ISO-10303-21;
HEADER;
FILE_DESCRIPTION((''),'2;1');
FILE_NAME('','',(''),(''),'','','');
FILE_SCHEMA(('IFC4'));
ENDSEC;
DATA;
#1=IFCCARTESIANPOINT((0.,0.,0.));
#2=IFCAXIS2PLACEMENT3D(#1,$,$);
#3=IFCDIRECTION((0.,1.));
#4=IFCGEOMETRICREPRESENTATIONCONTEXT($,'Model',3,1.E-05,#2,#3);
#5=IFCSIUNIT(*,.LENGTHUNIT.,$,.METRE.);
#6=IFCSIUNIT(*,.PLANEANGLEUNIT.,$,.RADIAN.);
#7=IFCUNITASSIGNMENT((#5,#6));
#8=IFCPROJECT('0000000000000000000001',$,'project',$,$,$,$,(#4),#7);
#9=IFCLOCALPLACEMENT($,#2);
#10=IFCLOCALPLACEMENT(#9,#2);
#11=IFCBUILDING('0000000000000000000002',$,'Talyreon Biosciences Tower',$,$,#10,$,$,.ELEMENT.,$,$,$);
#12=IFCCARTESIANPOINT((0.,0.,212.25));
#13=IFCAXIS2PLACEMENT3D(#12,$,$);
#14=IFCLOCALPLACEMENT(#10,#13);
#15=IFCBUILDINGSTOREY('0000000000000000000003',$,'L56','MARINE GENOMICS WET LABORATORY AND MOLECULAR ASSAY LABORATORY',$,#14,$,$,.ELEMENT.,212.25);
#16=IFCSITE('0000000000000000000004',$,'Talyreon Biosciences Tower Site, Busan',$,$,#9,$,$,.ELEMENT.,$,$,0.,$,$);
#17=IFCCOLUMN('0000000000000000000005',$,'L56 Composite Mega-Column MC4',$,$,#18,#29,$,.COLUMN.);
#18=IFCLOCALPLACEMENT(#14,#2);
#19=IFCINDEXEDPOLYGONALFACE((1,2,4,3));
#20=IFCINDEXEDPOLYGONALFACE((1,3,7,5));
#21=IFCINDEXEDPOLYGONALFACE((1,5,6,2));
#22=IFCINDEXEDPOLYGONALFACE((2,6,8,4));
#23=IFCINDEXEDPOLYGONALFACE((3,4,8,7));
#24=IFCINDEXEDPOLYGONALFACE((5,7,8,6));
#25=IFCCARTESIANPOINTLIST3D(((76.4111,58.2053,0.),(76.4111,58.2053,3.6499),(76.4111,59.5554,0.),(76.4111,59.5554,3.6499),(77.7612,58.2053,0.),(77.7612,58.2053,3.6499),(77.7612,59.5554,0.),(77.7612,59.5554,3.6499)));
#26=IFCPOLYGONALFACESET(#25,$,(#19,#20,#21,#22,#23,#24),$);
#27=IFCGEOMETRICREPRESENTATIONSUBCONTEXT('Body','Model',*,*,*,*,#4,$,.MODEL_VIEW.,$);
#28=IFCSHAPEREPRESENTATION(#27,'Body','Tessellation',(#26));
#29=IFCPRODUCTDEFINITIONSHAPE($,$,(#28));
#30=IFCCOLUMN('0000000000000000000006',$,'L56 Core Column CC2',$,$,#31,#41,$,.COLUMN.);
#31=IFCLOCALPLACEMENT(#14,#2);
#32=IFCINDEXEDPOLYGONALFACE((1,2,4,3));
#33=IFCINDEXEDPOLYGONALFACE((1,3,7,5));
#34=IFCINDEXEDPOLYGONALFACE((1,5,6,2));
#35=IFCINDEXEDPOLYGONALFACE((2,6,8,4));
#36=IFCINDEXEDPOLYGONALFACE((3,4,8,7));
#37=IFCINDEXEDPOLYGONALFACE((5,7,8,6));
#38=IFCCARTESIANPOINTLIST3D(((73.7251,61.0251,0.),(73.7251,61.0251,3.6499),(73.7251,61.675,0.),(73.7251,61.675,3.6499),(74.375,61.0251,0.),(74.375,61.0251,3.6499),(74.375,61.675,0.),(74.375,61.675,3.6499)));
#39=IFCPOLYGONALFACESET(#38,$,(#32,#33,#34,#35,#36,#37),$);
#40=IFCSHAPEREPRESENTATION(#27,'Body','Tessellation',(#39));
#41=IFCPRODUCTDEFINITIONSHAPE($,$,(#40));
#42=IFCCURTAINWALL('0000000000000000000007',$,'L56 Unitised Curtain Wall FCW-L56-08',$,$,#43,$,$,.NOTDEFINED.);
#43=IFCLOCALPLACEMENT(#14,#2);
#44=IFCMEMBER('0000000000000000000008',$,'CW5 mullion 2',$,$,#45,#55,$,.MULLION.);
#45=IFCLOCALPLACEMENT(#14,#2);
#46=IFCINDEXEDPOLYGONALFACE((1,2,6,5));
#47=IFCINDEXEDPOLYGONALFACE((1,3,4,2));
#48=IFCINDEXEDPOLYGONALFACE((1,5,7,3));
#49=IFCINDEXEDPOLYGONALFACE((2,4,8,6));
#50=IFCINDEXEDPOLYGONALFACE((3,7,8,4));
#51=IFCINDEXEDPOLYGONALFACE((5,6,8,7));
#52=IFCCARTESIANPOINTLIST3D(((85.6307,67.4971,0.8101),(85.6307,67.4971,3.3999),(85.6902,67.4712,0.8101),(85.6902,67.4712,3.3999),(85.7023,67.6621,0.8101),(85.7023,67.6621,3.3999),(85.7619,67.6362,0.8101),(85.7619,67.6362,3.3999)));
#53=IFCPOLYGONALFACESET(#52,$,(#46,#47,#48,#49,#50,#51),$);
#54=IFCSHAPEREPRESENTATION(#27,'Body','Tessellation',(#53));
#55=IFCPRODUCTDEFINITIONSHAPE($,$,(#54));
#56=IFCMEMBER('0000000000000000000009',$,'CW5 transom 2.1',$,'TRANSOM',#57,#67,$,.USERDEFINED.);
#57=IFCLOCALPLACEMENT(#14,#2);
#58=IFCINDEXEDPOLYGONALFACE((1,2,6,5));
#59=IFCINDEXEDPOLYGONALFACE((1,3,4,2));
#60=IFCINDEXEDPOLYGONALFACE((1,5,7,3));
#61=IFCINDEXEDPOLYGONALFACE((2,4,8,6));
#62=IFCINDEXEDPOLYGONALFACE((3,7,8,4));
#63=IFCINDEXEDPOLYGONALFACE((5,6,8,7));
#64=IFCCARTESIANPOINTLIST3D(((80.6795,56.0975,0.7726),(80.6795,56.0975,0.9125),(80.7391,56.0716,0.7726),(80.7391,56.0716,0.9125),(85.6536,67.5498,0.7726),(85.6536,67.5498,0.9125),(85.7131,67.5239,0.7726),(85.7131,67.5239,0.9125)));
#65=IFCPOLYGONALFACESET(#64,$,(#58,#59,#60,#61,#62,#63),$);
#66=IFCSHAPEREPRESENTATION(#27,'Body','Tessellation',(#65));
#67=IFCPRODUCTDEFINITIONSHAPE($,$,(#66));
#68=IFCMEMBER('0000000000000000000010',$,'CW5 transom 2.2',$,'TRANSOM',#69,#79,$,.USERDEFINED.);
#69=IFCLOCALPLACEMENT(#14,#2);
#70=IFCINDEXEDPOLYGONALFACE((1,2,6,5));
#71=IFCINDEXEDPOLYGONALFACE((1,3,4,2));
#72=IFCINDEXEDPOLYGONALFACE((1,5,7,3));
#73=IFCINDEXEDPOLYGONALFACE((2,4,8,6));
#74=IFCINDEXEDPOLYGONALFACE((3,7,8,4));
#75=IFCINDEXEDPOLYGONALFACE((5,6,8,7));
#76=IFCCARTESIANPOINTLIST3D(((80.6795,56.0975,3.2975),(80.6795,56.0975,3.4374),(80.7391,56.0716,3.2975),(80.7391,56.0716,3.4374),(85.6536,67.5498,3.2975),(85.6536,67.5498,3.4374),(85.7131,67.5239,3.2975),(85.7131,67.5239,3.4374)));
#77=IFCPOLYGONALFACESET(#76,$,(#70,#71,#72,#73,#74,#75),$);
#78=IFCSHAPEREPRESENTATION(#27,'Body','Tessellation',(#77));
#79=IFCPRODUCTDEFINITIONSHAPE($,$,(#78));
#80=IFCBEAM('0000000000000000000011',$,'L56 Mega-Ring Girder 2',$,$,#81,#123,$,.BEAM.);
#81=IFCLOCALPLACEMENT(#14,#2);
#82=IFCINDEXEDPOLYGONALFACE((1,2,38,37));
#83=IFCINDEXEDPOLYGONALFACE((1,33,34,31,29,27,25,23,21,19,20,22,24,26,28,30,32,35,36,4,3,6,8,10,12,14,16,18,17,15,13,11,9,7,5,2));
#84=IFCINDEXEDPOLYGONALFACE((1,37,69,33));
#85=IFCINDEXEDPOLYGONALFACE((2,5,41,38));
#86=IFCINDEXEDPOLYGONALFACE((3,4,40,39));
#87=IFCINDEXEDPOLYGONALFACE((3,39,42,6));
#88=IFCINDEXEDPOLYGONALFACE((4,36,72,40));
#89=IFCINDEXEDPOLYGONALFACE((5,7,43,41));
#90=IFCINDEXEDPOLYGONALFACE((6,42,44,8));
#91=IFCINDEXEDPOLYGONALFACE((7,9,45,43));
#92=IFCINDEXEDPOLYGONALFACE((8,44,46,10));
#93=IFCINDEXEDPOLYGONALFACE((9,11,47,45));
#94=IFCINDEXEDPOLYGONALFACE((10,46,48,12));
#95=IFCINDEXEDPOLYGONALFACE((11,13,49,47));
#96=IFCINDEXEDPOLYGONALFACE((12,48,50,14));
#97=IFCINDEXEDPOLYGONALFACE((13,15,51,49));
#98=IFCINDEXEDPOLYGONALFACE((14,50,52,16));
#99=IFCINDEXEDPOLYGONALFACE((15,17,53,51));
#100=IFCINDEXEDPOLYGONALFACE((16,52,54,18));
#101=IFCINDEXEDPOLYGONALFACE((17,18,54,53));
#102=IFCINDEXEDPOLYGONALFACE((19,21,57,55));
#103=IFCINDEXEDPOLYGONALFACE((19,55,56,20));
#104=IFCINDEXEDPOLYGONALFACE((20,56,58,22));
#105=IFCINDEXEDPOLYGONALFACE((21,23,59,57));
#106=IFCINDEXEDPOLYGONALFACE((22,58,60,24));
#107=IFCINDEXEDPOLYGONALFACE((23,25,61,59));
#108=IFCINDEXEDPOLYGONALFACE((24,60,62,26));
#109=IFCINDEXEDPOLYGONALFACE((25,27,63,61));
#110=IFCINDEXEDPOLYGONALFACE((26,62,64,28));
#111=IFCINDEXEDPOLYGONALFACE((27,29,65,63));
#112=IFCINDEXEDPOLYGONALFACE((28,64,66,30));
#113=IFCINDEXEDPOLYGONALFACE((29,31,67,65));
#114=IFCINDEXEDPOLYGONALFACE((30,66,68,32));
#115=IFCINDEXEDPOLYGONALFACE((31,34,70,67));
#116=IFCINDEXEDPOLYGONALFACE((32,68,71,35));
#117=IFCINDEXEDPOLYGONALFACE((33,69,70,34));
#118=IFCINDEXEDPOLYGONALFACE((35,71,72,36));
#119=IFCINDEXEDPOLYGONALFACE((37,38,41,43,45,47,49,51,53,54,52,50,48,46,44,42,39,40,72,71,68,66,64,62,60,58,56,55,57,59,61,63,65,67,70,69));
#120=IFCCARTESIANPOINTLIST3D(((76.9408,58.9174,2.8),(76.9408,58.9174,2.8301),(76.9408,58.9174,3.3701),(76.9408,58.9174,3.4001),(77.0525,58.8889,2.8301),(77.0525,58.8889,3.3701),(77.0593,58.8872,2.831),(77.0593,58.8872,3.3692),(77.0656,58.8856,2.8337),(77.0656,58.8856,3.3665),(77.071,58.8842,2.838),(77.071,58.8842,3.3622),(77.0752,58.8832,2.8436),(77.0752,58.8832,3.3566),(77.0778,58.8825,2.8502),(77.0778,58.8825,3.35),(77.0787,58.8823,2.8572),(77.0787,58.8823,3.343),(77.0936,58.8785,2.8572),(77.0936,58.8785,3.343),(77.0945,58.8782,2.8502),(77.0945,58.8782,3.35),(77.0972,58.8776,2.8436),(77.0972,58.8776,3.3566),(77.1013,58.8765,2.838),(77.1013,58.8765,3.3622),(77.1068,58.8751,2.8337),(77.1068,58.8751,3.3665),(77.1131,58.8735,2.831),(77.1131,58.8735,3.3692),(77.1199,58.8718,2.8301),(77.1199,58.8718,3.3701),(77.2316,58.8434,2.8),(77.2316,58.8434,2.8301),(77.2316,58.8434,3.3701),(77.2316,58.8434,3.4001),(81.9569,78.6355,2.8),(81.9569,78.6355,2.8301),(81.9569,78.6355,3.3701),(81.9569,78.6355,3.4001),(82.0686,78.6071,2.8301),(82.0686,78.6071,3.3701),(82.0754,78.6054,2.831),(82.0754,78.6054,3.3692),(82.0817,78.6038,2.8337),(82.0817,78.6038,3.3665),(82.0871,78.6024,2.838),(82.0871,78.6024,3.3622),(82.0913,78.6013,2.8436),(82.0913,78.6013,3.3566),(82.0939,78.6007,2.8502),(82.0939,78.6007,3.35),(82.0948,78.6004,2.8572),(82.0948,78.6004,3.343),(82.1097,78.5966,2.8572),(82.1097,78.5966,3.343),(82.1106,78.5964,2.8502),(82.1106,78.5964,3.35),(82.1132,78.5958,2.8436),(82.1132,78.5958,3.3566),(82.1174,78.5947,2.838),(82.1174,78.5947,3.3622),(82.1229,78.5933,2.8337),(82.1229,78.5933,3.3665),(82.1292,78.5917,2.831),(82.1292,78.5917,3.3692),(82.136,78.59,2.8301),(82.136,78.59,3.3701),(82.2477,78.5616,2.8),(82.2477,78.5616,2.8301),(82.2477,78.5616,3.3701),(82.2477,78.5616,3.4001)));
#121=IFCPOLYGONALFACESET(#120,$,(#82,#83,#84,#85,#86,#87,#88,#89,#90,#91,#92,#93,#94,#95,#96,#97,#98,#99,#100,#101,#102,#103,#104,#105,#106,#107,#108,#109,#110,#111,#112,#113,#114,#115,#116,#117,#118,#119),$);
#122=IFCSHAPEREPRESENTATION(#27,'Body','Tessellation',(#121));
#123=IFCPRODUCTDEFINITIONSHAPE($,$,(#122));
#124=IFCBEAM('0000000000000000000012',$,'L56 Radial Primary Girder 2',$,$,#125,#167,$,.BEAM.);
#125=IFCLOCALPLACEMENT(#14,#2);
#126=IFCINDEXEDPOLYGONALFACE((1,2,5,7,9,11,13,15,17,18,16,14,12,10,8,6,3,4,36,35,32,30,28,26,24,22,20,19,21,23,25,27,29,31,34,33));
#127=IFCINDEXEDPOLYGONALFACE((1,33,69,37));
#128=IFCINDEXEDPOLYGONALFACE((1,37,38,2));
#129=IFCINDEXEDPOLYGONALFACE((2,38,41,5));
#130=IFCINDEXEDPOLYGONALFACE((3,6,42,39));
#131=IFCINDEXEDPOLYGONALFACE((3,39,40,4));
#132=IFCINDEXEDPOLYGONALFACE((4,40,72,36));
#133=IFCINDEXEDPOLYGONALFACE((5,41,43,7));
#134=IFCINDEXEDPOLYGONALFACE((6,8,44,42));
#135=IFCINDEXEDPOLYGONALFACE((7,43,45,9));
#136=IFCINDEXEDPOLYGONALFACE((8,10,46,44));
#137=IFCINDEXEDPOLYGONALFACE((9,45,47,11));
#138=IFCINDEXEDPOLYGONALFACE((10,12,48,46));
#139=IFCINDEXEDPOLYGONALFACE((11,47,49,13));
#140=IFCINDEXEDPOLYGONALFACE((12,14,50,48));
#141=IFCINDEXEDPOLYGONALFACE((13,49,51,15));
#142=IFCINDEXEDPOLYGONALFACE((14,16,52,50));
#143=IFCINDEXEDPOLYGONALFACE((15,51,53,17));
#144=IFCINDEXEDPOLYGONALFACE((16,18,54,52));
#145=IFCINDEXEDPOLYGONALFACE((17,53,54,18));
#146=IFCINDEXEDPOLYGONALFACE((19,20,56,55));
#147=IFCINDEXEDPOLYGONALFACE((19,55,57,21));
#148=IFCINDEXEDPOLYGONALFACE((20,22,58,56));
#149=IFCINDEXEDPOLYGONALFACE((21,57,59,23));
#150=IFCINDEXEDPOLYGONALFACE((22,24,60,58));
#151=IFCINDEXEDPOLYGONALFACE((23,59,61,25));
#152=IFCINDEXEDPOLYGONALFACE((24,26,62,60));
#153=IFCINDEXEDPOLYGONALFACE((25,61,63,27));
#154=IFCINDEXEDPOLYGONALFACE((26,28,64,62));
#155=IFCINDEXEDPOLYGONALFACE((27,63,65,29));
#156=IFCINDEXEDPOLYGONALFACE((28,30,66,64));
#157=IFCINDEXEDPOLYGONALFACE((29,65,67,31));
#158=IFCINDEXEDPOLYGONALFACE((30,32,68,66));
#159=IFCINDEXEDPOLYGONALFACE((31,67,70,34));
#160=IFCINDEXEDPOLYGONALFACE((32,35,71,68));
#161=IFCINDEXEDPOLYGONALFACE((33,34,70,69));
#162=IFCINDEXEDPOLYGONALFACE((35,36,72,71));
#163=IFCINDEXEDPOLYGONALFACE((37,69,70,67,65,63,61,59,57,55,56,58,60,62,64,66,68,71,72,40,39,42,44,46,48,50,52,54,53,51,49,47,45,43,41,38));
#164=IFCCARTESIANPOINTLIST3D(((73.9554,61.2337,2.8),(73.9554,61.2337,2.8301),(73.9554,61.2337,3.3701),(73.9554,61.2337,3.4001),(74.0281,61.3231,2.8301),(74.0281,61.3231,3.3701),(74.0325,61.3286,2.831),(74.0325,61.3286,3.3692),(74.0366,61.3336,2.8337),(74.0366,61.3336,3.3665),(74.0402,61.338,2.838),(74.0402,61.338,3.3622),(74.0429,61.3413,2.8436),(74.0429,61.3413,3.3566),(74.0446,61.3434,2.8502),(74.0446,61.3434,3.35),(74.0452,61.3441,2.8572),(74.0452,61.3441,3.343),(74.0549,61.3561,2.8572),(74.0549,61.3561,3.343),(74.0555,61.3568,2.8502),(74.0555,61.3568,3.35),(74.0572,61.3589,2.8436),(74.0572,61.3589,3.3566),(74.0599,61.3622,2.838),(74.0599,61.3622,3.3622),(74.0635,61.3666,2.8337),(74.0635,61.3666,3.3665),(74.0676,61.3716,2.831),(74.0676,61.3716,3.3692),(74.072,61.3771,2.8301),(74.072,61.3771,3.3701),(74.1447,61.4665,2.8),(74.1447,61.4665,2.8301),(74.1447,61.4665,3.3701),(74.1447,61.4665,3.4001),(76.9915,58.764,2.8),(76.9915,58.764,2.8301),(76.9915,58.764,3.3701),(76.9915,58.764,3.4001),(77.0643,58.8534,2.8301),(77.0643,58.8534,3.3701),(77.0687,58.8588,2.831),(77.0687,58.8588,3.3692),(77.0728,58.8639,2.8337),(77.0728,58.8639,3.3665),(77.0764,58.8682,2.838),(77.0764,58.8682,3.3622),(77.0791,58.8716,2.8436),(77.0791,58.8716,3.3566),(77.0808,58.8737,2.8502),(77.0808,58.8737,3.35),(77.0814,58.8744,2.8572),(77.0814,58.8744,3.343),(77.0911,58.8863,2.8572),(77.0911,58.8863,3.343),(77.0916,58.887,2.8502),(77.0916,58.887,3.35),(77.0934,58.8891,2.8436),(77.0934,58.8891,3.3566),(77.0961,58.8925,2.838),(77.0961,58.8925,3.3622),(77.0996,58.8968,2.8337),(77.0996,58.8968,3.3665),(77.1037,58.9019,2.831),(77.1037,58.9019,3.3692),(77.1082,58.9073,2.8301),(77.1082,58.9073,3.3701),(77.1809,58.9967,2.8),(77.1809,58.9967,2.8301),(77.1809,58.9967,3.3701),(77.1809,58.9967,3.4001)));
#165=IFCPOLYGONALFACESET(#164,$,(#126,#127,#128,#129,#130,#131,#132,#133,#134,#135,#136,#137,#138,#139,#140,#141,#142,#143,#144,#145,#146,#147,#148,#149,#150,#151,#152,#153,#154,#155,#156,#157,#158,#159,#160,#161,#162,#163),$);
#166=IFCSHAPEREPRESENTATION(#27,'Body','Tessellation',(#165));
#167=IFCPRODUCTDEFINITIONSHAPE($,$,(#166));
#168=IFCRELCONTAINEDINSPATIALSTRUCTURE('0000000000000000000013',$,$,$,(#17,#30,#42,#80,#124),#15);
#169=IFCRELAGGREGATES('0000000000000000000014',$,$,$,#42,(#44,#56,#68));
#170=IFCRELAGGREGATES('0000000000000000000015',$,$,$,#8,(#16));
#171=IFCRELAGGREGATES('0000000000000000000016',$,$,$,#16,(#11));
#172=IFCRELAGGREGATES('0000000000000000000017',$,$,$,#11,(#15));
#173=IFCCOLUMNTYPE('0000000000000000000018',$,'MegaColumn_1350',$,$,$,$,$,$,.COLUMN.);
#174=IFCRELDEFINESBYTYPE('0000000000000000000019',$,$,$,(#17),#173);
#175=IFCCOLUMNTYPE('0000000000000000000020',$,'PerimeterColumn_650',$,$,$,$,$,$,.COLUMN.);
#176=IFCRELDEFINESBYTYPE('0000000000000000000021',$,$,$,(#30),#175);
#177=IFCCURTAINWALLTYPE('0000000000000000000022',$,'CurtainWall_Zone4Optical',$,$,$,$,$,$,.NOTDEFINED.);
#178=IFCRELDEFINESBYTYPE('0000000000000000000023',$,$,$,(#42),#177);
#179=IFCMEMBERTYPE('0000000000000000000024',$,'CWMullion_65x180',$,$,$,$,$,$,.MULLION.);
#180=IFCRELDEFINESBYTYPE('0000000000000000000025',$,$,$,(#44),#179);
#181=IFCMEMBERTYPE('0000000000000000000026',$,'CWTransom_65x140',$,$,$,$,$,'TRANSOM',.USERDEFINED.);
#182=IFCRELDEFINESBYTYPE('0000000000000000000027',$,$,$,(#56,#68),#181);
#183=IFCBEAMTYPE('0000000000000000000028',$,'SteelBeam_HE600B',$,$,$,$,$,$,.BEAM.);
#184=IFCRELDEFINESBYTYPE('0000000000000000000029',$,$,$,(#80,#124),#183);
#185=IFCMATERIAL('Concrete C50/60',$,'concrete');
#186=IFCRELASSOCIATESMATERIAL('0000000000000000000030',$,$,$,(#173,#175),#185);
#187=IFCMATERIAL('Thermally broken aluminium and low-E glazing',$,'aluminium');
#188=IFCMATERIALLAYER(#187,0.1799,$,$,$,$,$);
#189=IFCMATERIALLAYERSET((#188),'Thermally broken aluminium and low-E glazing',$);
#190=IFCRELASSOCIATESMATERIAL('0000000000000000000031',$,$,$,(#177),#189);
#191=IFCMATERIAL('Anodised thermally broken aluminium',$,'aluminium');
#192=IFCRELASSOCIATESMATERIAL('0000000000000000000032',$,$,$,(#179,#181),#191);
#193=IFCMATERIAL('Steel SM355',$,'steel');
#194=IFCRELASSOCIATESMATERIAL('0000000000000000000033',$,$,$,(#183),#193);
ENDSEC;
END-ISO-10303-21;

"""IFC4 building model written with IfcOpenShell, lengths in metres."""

from ifc_helpers import new_model, si_unit, direction, frame, origin, origin_2d, place, context, subcontext, project, spatial, rectangle, i_section, extrude, material, layer, layer_set, material_profile, profile_set, type_object, element, aggregate, save


model = new_model("IFC4")

# Units and contexts
model_context = context("Model", 3, precision=1e-05, world=origin(), true_north=direction((0.0, 1.0)))
body_context = subcontext(model_context, "Body", "Model", "MODEL_VIEW")
ifc_project = project(units=[si_unit("LENGTHUNIT", "METRE"), si_unit("PLANEANGLEUNIT", "RADIAN")], contexts=[model_context])

# Site, building, storey
site_placement = place(None, origin())
site = spatial("IfcSite", under=ifc_project, at=site_placement, Name="Talyreon Biosciences Tower Site, Busan", CompositionType="ELEMENT", RefElevation=0.0)
building_placement = place(site_placement, origin())
building = spatial("IfcBuilding", under=site, at=building_placement, Name="Talyreon Biosciences Tower", CompositionType="ELEMENT")
storey_placement = place(building_placement, frame((0.0, 0.0, 212.25)))
storey = spatial("IfcBuildingStorey", under=building, at=storey_placement, Name="L56", Description="MARINE GENOMICS WET LABORATORY AND MOLECULAR ASSAY LABORATORY", CompositionType="ELEMENT", Elevation=212.25)

# Columns
ifc_material_1 = material(Name="Concrete C50/60", Category="concrete")
ifc_material_profile_1 = material_profile(ifc_material_1, rectangle(XDim=1.3501, YDim=1.3501, at=origin_2d()), Name="RC 1350x1350")
ifc_profile_set_1 = profile_set([ifc_material_profile_1], Name="Concrete C50/60")
column_type_1 = type_object("IfcColumnType", Name="MegaColumn_1350", PredefinedType="COLUMN", material=ifc_profile_set_1)
column_1_placement = place(storey_placement, frame((77.0862, 58.8804, 0.0), z_axis=(0.0, 0.0, 1.0), x_axis=(1.0, 0.0, 0.0)))
element("IfcColumn", 1, at=column_1_placement, inside=storey, type_object=column_type_1, Name="L56 Composite Mega-Column MC4", PredefinedType="COLUMN", context=body_context, shape_type="SweptSolid", body=[
    extrude(rectangle(XDim=1.3501, YDim=1.3501, at=origin_2d()), origin(), (0.0, 0.0, 1.0), 3.6499),
])
ifc_material_profile_2 = material_profile(ifc_material_1, rectangle(XDim=0.6499, YDim=0.6499, at=origin_2d()), Name="RC 650x650")
ifc_profile_set_2 = profile_set([ifc_material_profile_2], Name="Concrete C50/60")
column_type_2 = type_object("IfcColumnType", Name="PerimeterColumn_650", PredefinedType="COLUMN", material=ifc_profile_set_2)
column_2_placement = place(storey_placement, frame((74.05, 61.3501, 0.0), z_axis=(0.0, 0.0, 1.0), x_axis=(1.0, 0.0, 0.0)))
element("IfcColumn", 2, at=column_2_placement, inside=storey, type_object=column_type_2, Name="L56 Core Column CC2", PredefinedType="COLUMN", context=body_context, shape_type="SweptSolid", body=[
    extrude(rectangle(XDim=0.6499, YDim=0.6499, at=origin_2d()), origin(), (0.0, 0.0, 1.0), 3.6499),
])

# Curtain wall, members
ifc_material_2 = material(Name="Thermally broken aluminium and low-E glazing", Category="aluminium")
ifc_layer_1 = layer(ifc_material_2, 0.1799)
ifc_layer_set_1 = layer_set([ifc_layer_1], Name="Thermally broken aluminium and low-E glazing")
curtain_wall_type = type_object("IfcCurtainWallType", Name="CurtainWall_Zone4Optical", PredefinedType="NOTDEFINED", material=ifc_layer_set_1)
curtain_wall_placement = place(storey_placement, origin())
curtain_wall = element("IfcCurtainWall", 3, at=curtain_wall_placement, inside=storey, type_object=curtain_wall_type, Name="L56 Unitised Curtain Wall FCW-L56-08", PredefinedType="NOTDEFINED")
ifc_material_3 = material(Name="Anodised thermally broken aluminium", Category="aluminium")
ifc_material_profile_3 = material_profile(ifc_material_3, rectangle(XDim=0.0649, YDim=0.1799, at=origin_2d()), Name="ALUM MULLION 65x180")
ifc_profile_set_3 = profile_set([ifc_material_profile_3], Name="Anodised thermally broken aluminium")
member_type_1 = type_object("IfcMemberType", Name="CWMullion_65x180", PredefinedType="MULLION", material=ifc_profile_set_3)
member_1_placement = place(storey_placement, frame((85.6963, 67.5667, 0.8101), z_axis=(0.0, 0.0, 1.0), x_axis=(0.917222, -0.398376, 0.0)))
member_1 = element("IfcMember", 4, at=member_1_placement, type_object=member_type_1, Name="CW5 mullion 2", PredefinedType="MULLION", context=body_context, shape_type="SweptSolid", body=[
    extrude(rectangle(XDim=0.0649, YDim=0.1799, at=origin_2d()), origin(), (0.0, 0.0, 1.0), 2.5898),
])
ifc_material_profile_4 = material_profile(ifc_material_3, rectangle(XDim=0.0649, YDim=0.1399, at=origin_2d()), Name="ALUM TRANSOM 65x140")
ifc_profile_set_4 = profile_set([ifc_material_profile_4], Name="Anodised thermally broken aluminium")
member_type_2 = type_object("IfcMemberType", Name="CWTransom_65x140", ElementType="TRANSOM", PredefinedType="USERDEFINED", material=ifc_profile_set_4)
member_2_placement = place(storey_placement, frame((85.6833, 67.5369, 0.8425), z_axis=(-0.398377, -0.917222, 0.0), x_axis=(0.917222, -0.398377, 0.0)))
member_2 = element("IfcMember", 5, at=member_2_placement, type_object=member_type_2, Name="CW5 transom 2.1", ObjectType="TRANSOM", PredefinedType="USERDEFINED", context=body_context, shape_type="SweptSolid", body=[
    extrude(rectangle(XDim=0.0649, YDim=0.1399, at=origin_2d()), origin(), (0.0, 0.0, 1.0), 12.4858),
])
member_3_placement = place(storey_placement, frame((85.6833, 67.5369, 3.3674), z_axis=(-0.398377, -0.917222, 0.0), x_axis=(0.917222, -0.398377, 0.0)))
member_3 = element("IfcMember", 6, at=member_3_placement, type_object=member_type_2, Name="CW5 transom 2.2", ObjectType="TRANSOM", PredefinedType="USERDEFINED", context=body_context, shape_type="SweptSolid", body=[
    extrude(rectangle(XDim=0.0649, YDim=0.1399, at=origin_2d()), origin(), (0.0, 0.0, 1.0), 12.4858),
])

# Beams
ifc_material_4 = material(Name="Steel SM355", Category="steel")
ifc_material_profile_5 = material_profile(ifc_material_4, i_section(OverallWidth=0.3, OverallDepth=0.6001, WebThickness=0.0154, FlangeThickness=0.03, FilletRadius=0.0271, at=origin_2d()), Name="HE600B")
ifc_profile_set_5 = profile_set([ifc_material_profile_5], Name="Steel SM355")
beam_type_1 = type_object("IfcBeamType", Name="SteelBeam_HE600B", PredefinedType="BEAM", material=ifc_profile_set_5)
beam_1_placement = place(storey_placement, frame((77.0862, 58.8804, 3.1001), z_axis=(0.246537, 0.969133, 0.0), x_axis=(-0.969133, 0.246537, 0.0)))
element("IfcBeam", 7, at=beam_1_placement, inside=storey, type_object=beam_type_1, Name="L56 Mega-Ring Girder 2", PredefinedType="BEAM", context=body_context, shape_type="SweptSolid", body=[
    extrude(i_section(OverallWidth=0.3, OverallDepth=0.6001, WebThickness=0.0154, FlangeThickness=0.03, FilletRadius=0.0271, at=origin_2d()), origin(), (0.0, 0.0, 1.0), 20.3462),
])
beam_2_placement = place(storey_placement, frame((74.05, 61.3501, 3.1001), z_axis=(0.775755, -0.631034, 0.0), x_axis=(0.631034, 0.775755, 0.0)))
element("IfcBeam", 8, at=beam_2_placement, inside=storey, type_object=beam_type_1, Name="L56 Radial Primary Girder 2", PredefinedType="BEAM", context=body_context, shape_type="SweptSolid", body=[
    extrude(i_section(OverallWidth=0.3, OverallDepth=0.6001, WebThickness=0.0154, FlangeThickness=0.03, FilletRadius=0.0271, at=origin_2d()), origin(), (0.0, 0.0, 1.0), 3.9138),
])

aggregate(curtain_wall, [member_1, member_2, member_3])

save(model, "model.ifc")
